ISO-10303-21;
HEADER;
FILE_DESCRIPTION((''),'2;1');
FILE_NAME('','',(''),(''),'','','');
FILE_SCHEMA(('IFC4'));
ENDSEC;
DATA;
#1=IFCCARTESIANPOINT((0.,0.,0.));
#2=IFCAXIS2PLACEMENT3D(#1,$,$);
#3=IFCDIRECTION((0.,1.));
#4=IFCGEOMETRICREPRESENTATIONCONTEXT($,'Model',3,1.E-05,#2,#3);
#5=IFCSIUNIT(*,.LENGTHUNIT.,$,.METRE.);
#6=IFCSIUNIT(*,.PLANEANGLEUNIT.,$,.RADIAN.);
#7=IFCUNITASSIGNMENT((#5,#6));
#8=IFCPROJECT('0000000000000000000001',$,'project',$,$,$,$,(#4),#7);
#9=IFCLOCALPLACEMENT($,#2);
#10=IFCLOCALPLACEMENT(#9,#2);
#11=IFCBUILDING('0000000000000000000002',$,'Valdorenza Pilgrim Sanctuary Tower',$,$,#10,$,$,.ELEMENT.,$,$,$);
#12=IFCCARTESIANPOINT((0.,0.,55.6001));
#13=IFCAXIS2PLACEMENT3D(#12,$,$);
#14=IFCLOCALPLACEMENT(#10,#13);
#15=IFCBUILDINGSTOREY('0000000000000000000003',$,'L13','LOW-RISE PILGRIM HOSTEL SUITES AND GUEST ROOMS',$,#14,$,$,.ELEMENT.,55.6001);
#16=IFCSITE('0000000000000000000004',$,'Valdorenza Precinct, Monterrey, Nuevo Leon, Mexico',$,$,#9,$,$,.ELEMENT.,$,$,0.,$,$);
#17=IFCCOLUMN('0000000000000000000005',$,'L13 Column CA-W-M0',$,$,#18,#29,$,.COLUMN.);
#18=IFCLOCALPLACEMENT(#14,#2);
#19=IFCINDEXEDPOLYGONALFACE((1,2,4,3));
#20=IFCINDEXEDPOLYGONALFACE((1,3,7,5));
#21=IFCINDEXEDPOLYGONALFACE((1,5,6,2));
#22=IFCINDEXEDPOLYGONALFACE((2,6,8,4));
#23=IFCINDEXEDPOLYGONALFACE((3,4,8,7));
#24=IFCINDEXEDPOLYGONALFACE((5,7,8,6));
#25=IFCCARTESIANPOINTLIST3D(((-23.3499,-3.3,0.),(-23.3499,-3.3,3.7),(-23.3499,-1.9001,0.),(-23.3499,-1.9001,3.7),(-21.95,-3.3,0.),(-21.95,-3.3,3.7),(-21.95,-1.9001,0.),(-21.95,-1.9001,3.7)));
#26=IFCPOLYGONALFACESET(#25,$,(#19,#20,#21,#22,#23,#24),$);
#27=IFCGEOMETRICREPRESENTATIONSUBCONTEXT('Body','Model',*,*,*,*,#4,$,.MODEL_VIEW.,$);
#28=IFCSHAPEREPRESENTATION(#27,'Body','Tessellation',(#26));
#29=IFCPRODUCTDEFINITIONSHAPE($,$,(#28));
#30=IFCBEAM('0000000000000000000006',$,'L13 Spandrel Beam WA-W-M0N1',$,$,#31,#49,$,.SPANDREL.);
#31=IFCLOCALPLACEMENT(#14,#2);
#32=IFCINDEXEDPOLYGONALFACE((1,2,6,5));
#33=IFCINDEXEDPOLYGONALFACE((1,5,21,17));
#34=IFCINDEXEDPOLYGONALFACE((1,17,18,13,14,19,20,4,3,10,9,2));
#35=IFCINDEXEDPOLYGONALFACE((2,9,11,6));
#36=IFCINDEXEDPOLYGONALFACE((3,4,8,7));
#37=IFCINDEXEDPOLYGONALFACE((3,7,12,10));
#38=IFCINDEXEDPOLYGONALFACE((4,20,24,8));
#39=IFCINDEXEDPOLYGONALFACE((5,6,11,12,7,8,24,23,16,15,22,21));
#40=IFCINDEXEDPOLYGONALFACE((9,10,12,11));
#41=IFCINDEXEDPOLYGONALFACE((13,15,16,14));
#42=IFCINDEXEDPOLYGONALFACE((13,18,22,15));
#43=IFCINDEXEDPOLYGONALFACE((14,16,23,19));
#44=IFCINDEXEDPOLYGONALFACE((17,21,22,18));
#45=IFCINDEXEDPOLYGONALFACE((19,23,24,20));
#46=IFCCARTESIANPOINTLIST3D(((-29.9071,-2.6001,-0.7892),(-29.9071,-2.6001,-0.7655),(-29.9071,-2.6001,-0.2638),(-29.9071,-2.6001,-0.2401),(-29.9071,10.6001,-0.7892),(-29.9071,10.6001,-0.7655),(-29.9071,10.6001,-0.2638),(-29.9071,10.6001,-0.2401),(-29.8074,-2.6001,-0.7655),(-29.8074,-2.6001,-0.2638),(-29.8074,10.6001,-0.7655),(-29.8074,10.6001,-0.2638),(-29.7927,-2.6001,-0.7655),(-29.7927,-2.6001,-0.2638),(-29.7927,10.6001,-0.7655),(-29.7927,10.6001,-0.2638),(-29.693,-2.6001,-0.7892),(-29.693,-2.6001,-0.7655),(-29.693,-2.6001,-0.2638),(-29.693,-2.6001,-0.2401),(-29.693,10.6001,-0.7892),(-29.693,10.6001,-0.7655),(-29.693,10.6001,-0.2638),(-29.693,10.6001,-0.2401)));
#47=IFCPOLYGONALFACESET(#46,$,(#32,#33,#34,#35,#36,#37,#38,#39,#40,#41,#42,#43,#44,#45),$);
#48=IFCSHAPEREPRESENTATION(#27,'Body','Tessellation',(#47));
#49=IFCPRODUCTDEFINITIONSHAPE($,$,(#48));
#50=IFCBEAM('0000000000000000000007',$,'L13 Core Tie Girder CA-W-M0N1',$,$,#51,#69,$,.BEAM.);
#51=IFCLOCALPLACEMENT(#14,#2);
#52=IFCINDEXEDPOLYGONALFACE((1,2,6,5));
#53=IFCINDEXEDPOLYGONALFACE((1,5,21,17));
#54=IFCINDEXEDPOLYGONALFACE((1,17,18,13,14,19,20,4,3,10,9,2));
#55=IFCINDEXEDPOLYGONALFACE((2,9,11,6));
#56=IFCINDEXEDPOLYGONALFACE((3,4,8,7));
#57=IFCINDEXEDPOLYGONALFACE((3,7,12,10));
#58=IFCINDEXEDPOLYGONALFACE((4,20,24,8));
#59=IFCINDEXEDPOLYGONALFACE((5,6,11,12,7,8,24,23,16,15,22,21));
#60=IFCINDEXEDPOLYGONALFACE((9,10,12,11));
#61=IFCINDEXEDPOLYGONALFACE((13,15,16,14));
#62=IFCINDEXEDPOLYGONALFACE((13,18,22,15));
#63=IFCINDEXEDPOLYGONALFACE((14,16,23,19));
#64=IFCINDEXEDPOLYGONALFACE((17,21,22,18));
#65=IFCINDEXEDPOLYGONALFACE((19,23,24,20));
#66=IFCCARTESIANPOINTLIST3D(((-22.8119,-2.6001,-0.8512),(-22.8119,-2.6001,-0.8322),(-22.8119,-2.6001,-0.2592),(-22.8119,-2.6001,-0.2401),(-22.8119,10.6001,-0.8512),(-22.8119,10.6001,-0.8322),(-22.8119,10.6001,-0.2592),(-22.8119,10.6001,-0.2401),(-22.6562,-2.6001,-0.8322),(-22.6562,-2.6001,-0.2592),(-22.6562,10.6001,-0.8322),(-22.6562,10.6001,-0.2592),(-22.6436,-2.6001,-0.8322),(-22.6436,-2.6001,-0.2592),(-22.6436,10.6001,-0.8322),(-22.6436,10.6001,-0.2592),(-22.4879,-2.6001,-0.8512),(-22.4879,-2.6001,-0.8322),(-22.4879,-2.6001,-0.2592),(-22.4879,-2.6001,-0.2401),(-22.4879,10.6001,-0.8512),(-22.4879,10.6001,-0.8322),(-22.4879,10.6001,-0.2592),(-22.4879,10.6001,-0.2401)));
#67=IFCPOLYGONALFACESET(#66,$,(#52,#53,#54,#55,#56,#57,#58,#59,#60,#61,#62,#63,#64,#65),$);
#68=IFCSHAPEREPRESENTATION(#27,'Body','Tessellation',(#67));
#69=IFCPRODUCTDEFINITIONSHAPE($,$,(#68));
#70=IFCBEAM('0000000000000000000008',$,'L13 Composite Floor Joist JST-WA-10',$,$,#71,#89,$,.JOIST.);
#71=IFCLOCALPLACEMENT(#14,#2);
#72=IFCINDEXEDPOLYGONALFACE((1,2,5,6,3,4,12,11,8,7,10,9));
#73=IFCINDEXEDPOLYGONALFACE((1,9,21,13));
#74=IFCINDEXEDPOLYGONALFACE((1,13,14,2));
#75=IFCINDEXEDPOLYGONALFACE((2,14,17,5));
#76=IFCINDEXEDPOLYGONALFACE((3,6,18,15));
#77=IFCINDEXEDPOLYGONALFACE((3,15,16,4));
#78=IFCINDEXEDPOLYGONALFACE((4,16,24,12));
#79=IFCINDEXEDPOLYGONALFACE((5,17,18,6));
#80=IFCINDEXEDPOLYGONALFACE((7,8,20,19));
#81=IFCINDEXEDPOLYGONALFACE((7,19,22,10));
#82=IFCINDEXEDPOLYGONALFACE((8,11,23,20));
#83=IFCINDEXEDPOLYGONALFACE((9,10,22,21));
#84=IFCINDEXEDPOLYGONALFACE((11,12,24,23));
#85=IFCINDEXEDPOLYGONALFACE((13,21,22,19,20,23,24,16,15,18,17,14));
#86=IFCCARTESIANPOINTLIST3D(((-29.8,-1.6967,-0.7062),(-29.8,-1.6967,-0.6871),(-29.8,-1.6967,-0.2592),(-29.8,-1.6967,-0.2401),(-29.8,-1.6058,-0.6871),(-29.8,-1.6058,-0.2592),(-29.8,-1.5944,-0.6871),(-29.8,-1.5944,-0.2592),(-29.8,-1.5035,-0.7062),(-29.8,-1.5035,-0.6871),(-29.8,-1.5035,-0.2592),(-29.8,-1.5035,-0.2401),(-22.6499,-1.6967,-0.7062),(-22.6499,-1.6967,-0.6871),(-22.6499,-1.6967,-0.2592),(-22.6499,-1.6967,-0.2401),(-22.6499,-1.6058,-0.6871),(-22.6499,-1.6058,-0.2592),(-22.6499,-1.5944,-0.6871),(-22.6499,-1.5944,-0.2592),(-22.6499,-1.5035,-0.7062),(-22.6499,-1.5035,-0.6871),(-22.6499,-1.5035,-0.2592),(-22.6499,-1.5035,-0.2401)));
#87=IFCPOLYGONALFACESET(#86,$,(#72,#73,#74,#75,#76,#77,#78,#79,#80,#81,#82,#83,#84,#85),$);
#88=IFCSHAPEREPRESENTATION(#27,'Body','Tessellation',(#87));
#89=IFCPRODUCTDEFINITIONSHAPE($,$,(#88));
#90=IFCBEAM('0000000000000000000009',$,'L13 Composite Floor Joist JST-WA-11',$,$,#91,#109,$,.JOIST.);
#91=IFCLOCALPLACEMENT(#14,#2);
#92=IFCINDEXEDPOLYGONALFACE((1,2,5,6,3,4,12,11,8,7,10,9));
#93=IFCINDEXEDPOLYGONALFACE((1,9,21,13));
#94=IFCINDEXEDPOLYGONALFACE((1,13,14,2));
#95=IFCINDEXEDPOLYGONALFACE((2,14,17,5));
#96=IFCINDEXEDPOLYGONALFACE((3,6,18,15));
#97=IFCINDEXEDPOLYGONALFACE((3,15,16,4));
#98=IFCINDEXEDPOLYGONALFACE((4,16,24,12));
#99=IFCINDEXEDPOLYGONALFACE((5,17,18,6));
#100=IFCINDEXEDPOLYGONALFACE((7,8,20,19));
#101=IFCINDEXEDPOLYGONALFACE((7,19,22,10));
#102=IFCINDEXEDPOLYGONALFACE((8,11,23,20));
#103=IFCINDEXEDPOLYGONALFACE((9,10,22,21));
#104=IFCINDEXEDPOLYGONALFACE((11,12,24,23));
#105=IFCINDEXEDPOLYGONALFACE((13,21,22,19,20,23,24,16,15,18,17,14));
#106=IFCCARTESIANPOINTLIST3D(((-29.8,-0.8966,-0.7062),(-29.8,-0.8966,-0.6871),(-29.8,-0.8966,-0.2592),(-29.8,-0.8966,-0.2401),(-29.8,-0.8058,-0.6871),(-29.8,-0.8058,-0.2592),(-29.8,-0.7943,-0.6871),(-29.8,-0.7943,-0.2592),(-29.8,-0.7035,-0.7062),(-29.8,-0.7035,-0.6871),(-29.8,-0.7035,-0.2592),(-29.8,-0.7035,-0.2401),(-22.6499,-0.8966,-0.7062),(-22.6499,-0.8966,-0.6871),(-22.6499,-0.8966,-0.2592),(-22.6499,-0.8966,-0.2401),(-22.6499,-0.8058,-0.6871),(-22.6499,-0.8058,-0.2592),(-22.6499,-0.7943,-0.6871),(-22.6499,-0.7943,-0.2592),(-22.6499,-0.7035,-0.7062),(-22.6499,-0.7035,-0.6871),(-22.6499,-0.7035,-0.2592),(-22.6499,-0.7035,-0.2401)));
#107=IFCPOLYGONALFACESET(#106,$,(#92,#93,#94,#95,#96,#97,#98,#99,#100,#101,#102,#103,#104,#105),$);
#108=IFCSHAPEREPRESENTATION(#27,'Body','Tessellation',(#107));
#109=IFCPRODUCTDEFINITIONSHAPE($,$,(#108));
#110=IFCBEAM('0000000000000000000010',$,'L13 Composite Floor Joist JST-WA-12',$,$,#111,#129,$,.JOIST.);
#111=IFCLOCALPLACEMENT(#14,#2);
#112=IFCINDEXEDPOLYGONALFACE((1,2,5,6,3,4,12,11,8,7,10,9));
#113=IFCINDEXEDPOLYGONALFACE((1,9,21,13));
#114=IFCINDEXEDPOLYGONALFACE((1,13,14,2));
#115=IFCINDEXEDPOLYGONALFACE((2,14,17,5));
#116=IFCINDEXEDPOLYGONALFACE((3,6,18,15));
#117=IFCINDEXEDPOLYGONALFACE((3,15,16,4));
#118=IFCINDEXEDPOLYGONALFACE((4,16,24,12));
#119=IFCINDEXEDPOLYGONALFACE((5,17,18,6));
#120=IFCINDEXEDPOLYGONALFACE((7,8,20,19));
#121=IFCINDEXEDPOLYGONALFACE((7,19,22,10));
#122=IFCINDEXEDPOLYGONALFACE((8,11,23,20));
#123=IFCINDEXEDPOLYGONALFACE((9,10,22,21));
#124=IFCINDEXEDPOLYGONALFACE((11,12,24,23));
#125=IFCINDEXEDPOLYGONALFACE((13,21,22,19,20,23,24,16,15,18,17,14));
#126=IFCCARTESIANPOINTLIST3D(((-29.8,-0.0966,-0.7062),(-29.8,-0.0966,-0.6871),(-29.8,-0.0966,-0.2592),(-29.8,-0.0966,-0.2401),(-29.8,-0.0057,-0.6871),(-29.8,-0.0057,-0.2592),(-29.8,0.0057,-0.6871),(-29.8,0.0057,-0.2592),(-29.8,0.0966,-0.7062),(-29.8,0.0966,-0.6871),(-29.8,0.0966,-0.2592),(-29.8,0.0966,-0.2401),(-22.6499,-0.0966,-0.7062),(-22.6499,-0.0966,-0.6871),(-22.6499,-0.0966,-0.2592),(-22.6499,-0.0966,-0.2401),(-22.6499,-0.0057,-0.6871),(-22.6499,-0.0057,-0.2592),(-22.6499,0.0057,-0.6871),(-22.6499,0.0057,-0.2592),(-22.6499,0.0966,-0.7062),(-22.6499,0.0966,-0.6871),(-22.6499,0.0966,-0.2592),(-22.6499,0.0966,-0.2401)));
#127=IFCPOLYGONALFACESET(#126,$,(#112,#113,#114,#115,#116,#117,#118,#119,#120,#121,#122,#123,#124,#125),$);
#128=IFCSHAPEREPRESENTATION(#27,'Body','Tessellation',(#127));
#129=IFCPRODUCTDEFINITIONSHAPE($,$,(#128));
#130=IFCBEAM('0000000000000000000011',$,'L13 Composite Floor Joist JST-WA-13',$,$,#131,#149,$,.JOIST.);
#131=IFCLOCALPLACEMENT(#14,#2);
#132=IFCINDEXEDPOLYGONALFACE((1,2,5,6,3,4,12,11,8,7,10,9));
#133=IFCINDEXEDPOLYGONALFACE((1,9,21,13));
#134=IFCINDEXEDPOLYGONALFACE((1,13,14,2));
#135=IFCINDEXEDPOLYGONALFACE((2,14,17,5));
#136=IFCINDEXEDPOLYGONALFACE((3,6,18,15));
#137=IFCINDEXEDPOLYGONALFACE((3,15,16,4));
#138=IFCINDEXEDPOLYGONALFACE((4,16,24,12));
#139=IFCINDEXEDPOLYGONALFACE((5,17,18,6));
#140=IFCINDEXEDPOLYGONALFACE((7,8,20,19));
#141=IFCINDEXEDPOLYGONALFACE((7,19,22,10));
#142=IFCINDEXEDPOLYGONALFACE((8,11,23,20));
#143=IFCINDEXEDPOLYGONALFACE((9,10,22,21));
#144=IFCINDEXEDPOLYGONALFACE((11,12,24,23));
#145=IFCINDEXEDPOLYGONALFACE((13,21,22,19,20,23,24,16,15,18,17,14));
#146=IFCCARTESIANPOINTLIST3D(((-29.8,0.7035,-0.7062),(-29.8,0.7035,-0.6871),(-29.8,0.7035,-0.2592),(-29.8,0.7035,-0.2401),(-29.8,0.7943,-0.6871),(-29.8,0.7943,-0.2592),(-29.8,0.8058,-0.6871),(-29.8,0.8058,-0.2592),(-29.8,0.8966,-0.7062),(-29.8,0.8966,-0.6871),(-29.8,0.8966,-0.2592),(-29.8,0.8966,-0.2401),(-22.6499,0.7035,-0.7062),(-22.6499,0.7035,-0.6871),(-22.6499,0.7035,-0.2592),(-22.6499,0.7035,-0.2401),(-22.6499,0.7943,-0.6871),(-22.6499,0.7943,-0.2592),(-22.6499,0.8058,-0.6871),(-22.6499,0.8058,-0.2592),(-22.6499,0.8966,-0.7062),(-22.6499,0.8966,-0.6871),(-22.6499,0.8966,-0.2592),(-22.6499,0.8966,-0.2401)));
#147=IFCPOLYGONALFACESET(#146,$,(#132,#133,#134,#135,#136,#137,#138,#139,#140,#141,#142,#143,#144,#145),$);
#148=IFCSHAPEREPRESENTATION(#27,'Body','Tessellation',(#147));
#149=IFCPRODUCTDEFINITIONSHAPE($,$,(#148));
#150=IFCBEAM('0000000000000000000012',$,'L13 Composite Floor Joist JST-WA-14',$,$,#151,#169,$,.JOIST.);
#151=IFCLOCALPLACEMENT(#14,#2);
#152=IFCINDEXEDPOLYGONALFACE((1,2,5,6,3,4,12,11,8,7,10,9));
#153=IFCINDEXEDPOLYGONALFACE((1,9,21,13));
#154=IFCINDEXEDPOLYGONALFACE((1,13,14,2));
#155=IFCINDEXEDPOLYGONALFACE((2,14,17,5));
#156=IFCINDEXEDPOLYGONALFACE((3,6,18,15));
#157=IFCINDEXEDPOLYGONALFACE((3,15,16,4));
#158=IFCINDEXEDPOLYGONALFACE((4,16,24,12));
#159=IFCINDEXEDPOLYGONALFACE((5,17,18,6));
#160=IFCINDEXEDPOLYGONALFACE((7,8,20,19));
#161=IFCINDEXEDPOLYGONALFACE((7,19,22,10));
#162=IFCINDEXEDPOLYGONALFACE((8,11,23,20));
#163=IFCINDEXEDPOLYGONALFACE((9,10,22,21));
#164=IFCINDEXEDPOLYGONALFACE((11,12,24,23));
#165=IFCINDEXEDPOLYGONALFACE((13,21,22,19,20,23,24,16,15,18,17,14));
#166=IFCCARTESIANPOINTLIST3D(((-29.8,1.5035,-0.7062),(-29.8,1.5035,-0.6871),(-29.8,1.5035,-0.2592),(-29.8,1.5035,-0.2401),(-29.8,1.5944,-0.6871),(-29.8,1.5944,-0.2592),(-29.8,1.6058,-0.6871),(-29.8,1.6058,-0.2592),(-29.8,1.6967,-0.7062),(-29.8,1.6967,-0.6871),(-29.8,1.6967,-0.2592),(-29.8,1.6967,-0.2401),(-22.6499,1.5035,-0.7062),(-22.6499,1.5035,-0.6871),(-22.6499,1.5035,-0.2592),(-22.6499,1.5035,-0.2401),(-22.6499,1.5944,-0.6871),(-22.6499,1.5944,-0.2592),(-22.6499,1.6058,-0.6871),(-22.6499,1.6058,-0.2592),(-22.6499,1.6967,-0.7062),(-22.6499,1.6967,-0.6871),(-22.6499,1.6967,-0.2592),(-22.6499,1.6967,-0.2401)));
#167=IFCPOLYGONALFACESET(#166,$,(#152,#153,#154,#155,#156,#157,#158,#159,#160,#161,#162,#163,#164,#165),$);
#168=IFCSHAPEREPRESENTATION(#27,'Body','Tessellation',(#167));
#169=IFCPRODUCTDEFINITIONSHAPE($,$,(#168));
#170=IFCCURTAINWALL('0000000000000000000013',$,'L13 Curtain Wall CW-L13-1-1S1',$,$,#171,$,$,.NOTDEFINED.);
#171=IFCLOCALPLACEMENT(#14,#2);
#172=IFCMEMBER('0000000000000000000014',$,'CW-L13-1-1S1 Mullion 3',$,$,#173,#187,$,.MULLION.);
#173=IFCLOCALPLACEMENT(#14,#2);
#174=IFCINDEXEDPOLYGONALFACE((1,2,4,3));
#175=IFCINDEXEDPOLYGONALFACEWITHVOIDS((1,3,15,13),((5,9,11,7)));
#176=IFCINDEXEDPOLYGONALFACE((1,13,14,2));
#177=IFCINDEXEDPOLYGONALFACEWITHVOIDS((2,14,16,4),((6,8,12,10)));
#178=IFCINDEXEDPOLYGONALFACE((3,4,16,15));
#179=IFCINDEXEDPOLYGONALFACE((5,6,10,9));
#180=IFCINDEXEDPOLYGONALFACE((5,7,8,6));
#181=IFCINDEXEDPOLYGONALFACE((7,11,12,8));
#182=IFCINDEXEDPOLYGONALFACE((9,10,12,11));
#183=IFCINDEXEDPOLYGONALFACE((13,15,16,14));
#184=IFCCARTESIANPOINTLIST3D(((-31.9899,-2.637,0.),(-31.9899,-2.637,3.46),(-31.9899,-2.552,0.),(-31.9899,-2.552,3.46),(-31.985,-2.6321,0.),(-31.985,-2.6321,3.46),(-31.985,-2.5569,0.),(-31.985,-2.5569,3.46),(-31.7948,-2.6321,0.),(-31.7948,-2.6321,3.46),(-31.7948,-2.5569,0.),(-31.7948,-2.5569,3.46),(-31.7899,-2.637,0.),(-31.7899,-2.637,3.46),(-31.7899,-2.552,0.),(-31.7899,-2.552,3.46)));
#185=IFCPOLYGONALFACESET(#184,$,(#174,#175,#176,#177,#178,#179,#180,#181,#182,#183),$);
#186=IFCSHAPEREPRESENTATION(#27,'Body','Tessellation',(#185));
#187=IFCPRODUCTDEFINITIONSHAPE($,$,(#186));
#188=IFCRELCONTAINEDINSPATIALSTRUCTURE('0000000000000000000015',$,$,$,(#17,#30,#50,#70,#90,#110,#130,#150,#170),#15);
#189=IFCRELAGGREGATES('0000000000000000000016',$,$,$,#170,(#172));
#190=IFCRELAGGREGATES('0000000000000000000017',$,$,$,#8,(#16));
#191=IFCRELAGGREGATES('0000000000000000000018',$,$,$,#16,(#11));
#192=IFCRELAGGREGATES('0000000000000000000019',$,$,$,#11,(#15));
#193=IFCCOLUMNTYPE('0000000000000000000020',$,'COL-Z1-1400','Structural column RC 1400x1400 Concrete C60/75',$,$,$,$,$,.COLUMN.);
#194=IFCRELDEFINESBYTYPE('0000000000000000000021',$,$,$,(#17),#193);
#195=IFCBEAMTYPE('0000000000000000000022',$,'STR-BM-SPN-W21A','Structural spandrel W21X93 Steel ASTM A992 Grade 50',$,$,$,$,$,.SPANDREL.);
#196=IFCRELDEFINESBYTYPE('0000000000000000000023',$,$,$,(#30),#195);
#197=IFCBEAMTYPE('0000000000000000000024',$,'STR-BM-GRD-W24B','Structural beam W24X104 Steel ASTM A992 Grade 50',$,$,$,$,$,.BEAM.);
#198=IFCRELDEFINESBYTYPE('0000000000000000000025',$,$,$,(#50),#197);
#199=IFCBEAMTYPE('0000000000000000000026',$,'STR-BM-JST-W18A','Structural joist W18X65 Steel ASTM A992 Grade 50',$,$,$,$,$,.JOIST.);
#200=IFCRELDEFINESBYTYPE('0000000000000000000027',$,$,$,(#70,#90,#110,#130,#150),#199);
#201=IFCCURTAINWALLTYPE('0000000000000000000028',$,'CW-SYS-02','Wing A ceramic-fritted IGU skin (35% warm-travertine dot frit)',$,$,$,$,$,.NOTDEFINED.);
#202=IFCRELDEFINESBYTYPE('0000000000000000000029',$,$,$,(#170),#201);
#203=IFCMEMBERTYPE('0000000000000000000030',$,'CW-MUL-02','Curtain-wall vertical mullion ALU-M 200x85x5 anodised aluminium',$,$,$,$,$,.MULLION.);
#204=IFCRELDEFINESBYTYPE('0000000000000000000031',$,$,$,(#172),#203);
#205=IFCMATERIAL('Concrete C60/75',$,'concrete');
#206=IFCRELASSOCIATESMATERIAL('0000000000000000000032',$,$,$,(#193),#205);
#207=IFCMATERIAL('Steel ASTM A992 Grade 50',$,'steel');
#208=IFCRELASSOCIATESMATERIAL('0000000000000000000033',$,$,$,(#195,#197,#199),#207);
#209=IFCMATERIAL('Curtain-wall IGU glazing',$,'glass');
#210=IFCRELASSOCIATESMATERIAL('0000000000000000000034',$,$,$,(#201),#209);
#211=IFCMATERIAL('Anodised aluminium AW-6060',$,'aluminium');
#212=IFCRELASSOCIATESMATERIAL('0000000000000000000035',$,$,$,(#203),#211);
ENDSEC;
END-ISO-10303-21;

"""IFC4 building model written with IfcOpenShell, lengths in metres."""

from ifc_helpers import new_model, si_unit, direction, frame, origin, origin_2d, place, context, subcontext, project, spatial, rectangle, hollow_rectangle, i_section, extrude, source, transform, mapped, material, material_profile, profile_set, type_object, element, aggregate, save


model = new_model("IFC4")

# Units and contexts
model_context = context("Model", 3, precision=1e-05, world=origin(), true_north=direction((0.0, 1.0)))
body_context = subcontext(model_context, "Body", "Model", "MODEL_VIEW")
ifc_project = project(units=[si_unit("LENGTHUNIT", "METRE"), si_unit("PLANEANGLEUNIT", "RADIAN")], contexts=[model_context])

# Site, building, storey
site_placement = place(None, origin())
site = spatial("IfcSite", under=ifc_project, at=site_placement, Name="Valdorenza Precinct, Monterrey, Nuevo Leon, Mexico", CompositionType="ELEMENT", RefElevation=0.0)
building_placement = place(site_placement, origin())
building = spatial("IfcBuilding", under=site, at=building_placement, Name="Valdorenza Pilgrim Sanctuary Tower", CompositionType="ELEMENT")
storey_placement = place(building_placement, frame((0.0, 0.0, 55.6001)))
storey = spatial("IfcBuildingStorey", under=building, at=storey_placement, Name="L13", Description="LOW-RISE PILGRIM HOSTEL SUITES AND GUEST ROOMS", CompositionType="ELEMENT", Elevation=55.6001)

# Column
ifc_material_1 = material(Name="Concrete C60/75", Category="concrete")
ifc_material_profile_1 = material_profile(ifc_material_1, rectangle(XDim=1.3999, YDim=1.3999, at=origin_2d()), Name="RC 1400x1400")
ifc_profile_set_1 = profile_set([ifc_material_profile_1], Name="Concrete C60/75")
column_type = type_object("IfcColumnType", Name="COL-Z1-1400", Description="Structural column RC 1400x1400 Concrete C60/75", PredefinedType="COLUMN", material=ifc_profile_set_1)
shared_shape_1 = source(origin(), body_context, "Body", "SweptSolid", [
    extrude(rectangle(XDim=1.3999, YDim=1.3999, at=origin_2d()), origin(), (0.0, 0.0, 1.0), 3.7),
])
column_placement = place(storey_placement, frame((-22.6499, -2.6001, 0.0), z_axis=(0.0, 0.0, 1.0), x_axis=(1.0, 0.0, 0.0)))
element("IfcColumn", 1, at=column_placement, inside=storey, type_object=column_type, Name="L13 Column CA-W-M0", PredefinedType="COLUMN", context=body_context, shape_type="MappedRepresentation", body=[
    mapped(shared_shape_1, transform((0.0, 0.0, 0.0), x_axis=(1.0, 0.0, 0.0), y_axis=(0.0, 1.0, 0.0), z_axis=(0.0, 0.0, 1.0), scale=1.0)),
])

# Beams
ifc_material_2 = material(Name="Steel ASTM A992 Grade 50", Category="steel")
ifc_material_profile_2 = material_profile(ifc_material_2, i_section(OverallWidth=0.2141, OverallDepth=0.5491, WebThickness=0.0146, FlangeThickness=0.0237, at=origin_2d()), Name="W21X93")
ifc_profile_set_2 = profile_set([ifc_material_profile_2], Name="Steel ASTM A992 Grade 50")
beam_type_1 = type_object("IfcBeamType", Name="STR-BM-SPN-W21A", Description="Structural spandrel W21X93 Steel ASTM A992 Grade 50", PredefinedType="SPANDREL", material=ifc_profile_set_2)
shared_shape_2 = source(origin(), body_context, "Body", "SweptSolid", [
    extrude(i_section(OverallWidth=0.2141, OverallDepth=0.5491, WebThickness=0.0146, FlangeThickness=0.0237, at=origin_2d()), origin(), (0.0, 0.0, 1.0), 13.2002),
])
beam_1_placement = place(storey_placement, frame((-29.8, -2.6001, -0.5146), z_axis=(0.0, 1.0, 0.0), x_axis=(-1.0, 0.0, 0.0)))
element("IfcBeam", 2, at=beam_1_placement, inside=storey, type_object=beam_type_1, Name="L13 Spandrel Beam WA-W-M0N1", PredefinedType="SPANDREL", context=body_context, shape_type="MappedRepresentation", body=[
    mapped(shared_shape_2, transform((0.0, 0.0, 0.0), x_axis=(1.0, 0.0, 0.0), y_axis=(0.0, 1.0, 0.0), z_axis=(0.0, 0.0, 1.0), scale=1.0)),
])
ifc_material_profile_3 = material_profile(ifc_material_2, i_section(OverallWidth=0.324, OverallDepth=0.6111, WebThickness=0.0127, FlangeThickness=0.019, at=origin_2d()), Name="W24X104")
ifc_profile_set_3 = profile_set([ifc_material_profile_3], Name="Steel ASTM A992 Grade 50")
beam_type_2 = type_object("IfcBeamType", Name="STR-BM-GRD-W24B", Description="Structural beam W24X104 Steel ASTM A992 Grade 50", PredefinedType="BEAM", material=ifc_profile_set_3)
shared_shape_3 = source(origin(), body_context, "Body", "SweptSolid", [
    extrude(i_section(OverallWidth=0.324, OverallDepth=0.6111, WebThickness=0.0127, FlangeThickness=0.019, at=origin_2d()), origin(), (0.0, 0.0, 1.0), 13.2002),
])
beam_2_placement = place(storey_placement, frame((-22.6499, -2.6001, -0.5457), z_axis=(0.0, 1.0, 0.0), x_axis=(-1.0, 0.0, 0.0)))
element("IfcBeam", 3, at=beam_2_placement, inside=storey, type_object=beam_type_2, Name="L13 Core Tie Girder CA-W-M0N1", PredefinedType="BEAM", context=body_context, shape_type="MappedRepresentation", body=[
    mapped(shared_shape_3, transform((0.0, 0.0, 0.0), x_axis=(1.0, 0.0, 0.0), y_axis=(0.0, 1.0, 0.0), z_axis=(0.0, 0.0, 1.0), scale=1.0)),
])
ifc_material_profile_4 = material_profile(ifc_material_2, i_section(OverallWidth=0.1931, OverallDepth=0.4661, WebThickness=0.0115, FlangeThickness=0.019, at=origin_2d()), Name="W18X65")
ifc_profile_set_4 = profile_set([ifc_material_profile_4], Name="Steel ASTM A992 Grade 50")
beam_type_3 = type_object("IfcBeamType", Name="STR-BM-JST-W18A", Description="Structural joist W18X65 Steel ASTM A992 Grade 50", PredefinedType="JOIST", material=ifc_profile_set_4)
shared_shape_4 = source(origin(), body_context, "Body", "SweptSolid", [
    extrude(i_section(OverallWidth=0.1931, OverallDepth=0.4661, WebThickness=0.0115, FlangeThickness=0.019, at=origin_2d()), origin(), (0.0, 0.0, 1.0), 7.1501),
])
for number, where, z_axis, x_axis, name in (
    (4, (-29.8, -1.6001, -0.4731), (1.0, 0.0, 0.0), (0.0, 1.0, 0.0), "L13 Composite Floor Joist JST-WA-10"),
    (5, (-29.8, -0.8, -0.4731), (1.0, 0.0, 0.0), (0.0, 1.0, 0.0), "L13 Composite Floor Joist JST-WA-11"),
    (6, (-29.8, 0.0, -0.4731), (1.0, 0.0, 0.0), (0.0, 1.0, 0.0), "L13 Composite Floor Joist JST-WA-12"),
    (7, (-29.8, 0.8, -0.4731), (1.0, 0.0, 0.0), (0.0, 1.0, 0.0), "L13 Composite Floor Joist JST-WA-13"),
    (8, (-29.8, 1.6001, -0.4731), (1.0, 0.0, 0.0), (0.0, 1.0, 0.0), "L13 Composite Floor Joist JST-WA-14"),
):
    element("IfcBeam", number, at=place(storey_placement, frame(where, z_axis=z_axis, x_axis=x_axis)), inside=storey, type_object=beam_type_3, Name=name, PredefinedType="JOIST", context=body_context, shape_type="MappedRepresentation", body=[
        mapped(shared_shape_4, transform((0.0, 0.0, 0.0), x_axis=(1.0, 0.0, 0.0), y_axis=(0.0, 1.0, 0.0), z_axis=(0.0, 0.0, 1.0), scale=1.0)),
    ])

# Curtain wall, member
ifc_material_3 = material(Name="Curtain-wall IGU glazing", Category="glass")
curtain_wall_type = type_object("IfcCurtainWallType", Name="CW-SYS-02", Description="Wing A ceramic-fritted IGU skin (35% warm-travertine dot frit)", PredefinedType="NOTDEFINED", material=ifc_material_3)
curtain_wall_placement = place(storey_placement, origin())
curtain_wall = element("IfcCurtainWall", 9, at=curtain_wall_placement, inside=storey, type_object=curtain_wall_type, Name="L13 Curtain Wall CW-L13-1-1S1", PredefinedType="NOTDEFINED")
ifc_material_4 = material(Name="Anodised aluminium AW-6060", Category="aluminium")
ifc_material_profile_5 = material_profile(ifc_material_4, hollow_rectangle(XDim=0.085, YDim=0.2, WallThickness=0.0049, at=origin_2d()), Name="ALU-M 200x85x5")
ifc_profile_set_5 = profile_set([ifc_material_profile_5], Name="Anodised aluminium AW-6060")
member_type = type_object("IfcMemberType", Name="CW-MUL-02", Description="Curtain-wall vertical mullion ALU-M 200x85x5 anodised aluminium", PredefinedType="MULLION", material=ifc_profile_set_5)
shared_shape_5 = source(origin(), body_context, "Body", "SweptSolid", [
    extrude(hollow_rectangle(XDim=0.085, YDim=0.2, WallThickness=0.0049, at=origin_2d()), origin(), (0.0, 0.0, 1.0), 3.46),
])
member_placement = place(storey_placement, frame((-31.8899, -2.5945, 0.0), z_axis=(0.0, 0.0, 1.0), x_axis=(0.0, 1.0, 0.0)))
member = element("IfcMember", 10, at=member_placement, type_object=member_type, Name="CW-L13-1-1S1 Mullion 3", PredefinedType="MULLION", context=body_context, shape_type="MappedRepresentation", body=[
    mapped(shared_shape_5, transform((0.0, 0.0, 0.0), x_axis=(1.0, 0.0, 0.0), y_axis=(0.0, 1.0, 0.0), z_axis=(0.0, 0.0, 1.0), scale=1.0)),
])
aggregate(curtain_wall, [member])

save(model, "model.ifc")
